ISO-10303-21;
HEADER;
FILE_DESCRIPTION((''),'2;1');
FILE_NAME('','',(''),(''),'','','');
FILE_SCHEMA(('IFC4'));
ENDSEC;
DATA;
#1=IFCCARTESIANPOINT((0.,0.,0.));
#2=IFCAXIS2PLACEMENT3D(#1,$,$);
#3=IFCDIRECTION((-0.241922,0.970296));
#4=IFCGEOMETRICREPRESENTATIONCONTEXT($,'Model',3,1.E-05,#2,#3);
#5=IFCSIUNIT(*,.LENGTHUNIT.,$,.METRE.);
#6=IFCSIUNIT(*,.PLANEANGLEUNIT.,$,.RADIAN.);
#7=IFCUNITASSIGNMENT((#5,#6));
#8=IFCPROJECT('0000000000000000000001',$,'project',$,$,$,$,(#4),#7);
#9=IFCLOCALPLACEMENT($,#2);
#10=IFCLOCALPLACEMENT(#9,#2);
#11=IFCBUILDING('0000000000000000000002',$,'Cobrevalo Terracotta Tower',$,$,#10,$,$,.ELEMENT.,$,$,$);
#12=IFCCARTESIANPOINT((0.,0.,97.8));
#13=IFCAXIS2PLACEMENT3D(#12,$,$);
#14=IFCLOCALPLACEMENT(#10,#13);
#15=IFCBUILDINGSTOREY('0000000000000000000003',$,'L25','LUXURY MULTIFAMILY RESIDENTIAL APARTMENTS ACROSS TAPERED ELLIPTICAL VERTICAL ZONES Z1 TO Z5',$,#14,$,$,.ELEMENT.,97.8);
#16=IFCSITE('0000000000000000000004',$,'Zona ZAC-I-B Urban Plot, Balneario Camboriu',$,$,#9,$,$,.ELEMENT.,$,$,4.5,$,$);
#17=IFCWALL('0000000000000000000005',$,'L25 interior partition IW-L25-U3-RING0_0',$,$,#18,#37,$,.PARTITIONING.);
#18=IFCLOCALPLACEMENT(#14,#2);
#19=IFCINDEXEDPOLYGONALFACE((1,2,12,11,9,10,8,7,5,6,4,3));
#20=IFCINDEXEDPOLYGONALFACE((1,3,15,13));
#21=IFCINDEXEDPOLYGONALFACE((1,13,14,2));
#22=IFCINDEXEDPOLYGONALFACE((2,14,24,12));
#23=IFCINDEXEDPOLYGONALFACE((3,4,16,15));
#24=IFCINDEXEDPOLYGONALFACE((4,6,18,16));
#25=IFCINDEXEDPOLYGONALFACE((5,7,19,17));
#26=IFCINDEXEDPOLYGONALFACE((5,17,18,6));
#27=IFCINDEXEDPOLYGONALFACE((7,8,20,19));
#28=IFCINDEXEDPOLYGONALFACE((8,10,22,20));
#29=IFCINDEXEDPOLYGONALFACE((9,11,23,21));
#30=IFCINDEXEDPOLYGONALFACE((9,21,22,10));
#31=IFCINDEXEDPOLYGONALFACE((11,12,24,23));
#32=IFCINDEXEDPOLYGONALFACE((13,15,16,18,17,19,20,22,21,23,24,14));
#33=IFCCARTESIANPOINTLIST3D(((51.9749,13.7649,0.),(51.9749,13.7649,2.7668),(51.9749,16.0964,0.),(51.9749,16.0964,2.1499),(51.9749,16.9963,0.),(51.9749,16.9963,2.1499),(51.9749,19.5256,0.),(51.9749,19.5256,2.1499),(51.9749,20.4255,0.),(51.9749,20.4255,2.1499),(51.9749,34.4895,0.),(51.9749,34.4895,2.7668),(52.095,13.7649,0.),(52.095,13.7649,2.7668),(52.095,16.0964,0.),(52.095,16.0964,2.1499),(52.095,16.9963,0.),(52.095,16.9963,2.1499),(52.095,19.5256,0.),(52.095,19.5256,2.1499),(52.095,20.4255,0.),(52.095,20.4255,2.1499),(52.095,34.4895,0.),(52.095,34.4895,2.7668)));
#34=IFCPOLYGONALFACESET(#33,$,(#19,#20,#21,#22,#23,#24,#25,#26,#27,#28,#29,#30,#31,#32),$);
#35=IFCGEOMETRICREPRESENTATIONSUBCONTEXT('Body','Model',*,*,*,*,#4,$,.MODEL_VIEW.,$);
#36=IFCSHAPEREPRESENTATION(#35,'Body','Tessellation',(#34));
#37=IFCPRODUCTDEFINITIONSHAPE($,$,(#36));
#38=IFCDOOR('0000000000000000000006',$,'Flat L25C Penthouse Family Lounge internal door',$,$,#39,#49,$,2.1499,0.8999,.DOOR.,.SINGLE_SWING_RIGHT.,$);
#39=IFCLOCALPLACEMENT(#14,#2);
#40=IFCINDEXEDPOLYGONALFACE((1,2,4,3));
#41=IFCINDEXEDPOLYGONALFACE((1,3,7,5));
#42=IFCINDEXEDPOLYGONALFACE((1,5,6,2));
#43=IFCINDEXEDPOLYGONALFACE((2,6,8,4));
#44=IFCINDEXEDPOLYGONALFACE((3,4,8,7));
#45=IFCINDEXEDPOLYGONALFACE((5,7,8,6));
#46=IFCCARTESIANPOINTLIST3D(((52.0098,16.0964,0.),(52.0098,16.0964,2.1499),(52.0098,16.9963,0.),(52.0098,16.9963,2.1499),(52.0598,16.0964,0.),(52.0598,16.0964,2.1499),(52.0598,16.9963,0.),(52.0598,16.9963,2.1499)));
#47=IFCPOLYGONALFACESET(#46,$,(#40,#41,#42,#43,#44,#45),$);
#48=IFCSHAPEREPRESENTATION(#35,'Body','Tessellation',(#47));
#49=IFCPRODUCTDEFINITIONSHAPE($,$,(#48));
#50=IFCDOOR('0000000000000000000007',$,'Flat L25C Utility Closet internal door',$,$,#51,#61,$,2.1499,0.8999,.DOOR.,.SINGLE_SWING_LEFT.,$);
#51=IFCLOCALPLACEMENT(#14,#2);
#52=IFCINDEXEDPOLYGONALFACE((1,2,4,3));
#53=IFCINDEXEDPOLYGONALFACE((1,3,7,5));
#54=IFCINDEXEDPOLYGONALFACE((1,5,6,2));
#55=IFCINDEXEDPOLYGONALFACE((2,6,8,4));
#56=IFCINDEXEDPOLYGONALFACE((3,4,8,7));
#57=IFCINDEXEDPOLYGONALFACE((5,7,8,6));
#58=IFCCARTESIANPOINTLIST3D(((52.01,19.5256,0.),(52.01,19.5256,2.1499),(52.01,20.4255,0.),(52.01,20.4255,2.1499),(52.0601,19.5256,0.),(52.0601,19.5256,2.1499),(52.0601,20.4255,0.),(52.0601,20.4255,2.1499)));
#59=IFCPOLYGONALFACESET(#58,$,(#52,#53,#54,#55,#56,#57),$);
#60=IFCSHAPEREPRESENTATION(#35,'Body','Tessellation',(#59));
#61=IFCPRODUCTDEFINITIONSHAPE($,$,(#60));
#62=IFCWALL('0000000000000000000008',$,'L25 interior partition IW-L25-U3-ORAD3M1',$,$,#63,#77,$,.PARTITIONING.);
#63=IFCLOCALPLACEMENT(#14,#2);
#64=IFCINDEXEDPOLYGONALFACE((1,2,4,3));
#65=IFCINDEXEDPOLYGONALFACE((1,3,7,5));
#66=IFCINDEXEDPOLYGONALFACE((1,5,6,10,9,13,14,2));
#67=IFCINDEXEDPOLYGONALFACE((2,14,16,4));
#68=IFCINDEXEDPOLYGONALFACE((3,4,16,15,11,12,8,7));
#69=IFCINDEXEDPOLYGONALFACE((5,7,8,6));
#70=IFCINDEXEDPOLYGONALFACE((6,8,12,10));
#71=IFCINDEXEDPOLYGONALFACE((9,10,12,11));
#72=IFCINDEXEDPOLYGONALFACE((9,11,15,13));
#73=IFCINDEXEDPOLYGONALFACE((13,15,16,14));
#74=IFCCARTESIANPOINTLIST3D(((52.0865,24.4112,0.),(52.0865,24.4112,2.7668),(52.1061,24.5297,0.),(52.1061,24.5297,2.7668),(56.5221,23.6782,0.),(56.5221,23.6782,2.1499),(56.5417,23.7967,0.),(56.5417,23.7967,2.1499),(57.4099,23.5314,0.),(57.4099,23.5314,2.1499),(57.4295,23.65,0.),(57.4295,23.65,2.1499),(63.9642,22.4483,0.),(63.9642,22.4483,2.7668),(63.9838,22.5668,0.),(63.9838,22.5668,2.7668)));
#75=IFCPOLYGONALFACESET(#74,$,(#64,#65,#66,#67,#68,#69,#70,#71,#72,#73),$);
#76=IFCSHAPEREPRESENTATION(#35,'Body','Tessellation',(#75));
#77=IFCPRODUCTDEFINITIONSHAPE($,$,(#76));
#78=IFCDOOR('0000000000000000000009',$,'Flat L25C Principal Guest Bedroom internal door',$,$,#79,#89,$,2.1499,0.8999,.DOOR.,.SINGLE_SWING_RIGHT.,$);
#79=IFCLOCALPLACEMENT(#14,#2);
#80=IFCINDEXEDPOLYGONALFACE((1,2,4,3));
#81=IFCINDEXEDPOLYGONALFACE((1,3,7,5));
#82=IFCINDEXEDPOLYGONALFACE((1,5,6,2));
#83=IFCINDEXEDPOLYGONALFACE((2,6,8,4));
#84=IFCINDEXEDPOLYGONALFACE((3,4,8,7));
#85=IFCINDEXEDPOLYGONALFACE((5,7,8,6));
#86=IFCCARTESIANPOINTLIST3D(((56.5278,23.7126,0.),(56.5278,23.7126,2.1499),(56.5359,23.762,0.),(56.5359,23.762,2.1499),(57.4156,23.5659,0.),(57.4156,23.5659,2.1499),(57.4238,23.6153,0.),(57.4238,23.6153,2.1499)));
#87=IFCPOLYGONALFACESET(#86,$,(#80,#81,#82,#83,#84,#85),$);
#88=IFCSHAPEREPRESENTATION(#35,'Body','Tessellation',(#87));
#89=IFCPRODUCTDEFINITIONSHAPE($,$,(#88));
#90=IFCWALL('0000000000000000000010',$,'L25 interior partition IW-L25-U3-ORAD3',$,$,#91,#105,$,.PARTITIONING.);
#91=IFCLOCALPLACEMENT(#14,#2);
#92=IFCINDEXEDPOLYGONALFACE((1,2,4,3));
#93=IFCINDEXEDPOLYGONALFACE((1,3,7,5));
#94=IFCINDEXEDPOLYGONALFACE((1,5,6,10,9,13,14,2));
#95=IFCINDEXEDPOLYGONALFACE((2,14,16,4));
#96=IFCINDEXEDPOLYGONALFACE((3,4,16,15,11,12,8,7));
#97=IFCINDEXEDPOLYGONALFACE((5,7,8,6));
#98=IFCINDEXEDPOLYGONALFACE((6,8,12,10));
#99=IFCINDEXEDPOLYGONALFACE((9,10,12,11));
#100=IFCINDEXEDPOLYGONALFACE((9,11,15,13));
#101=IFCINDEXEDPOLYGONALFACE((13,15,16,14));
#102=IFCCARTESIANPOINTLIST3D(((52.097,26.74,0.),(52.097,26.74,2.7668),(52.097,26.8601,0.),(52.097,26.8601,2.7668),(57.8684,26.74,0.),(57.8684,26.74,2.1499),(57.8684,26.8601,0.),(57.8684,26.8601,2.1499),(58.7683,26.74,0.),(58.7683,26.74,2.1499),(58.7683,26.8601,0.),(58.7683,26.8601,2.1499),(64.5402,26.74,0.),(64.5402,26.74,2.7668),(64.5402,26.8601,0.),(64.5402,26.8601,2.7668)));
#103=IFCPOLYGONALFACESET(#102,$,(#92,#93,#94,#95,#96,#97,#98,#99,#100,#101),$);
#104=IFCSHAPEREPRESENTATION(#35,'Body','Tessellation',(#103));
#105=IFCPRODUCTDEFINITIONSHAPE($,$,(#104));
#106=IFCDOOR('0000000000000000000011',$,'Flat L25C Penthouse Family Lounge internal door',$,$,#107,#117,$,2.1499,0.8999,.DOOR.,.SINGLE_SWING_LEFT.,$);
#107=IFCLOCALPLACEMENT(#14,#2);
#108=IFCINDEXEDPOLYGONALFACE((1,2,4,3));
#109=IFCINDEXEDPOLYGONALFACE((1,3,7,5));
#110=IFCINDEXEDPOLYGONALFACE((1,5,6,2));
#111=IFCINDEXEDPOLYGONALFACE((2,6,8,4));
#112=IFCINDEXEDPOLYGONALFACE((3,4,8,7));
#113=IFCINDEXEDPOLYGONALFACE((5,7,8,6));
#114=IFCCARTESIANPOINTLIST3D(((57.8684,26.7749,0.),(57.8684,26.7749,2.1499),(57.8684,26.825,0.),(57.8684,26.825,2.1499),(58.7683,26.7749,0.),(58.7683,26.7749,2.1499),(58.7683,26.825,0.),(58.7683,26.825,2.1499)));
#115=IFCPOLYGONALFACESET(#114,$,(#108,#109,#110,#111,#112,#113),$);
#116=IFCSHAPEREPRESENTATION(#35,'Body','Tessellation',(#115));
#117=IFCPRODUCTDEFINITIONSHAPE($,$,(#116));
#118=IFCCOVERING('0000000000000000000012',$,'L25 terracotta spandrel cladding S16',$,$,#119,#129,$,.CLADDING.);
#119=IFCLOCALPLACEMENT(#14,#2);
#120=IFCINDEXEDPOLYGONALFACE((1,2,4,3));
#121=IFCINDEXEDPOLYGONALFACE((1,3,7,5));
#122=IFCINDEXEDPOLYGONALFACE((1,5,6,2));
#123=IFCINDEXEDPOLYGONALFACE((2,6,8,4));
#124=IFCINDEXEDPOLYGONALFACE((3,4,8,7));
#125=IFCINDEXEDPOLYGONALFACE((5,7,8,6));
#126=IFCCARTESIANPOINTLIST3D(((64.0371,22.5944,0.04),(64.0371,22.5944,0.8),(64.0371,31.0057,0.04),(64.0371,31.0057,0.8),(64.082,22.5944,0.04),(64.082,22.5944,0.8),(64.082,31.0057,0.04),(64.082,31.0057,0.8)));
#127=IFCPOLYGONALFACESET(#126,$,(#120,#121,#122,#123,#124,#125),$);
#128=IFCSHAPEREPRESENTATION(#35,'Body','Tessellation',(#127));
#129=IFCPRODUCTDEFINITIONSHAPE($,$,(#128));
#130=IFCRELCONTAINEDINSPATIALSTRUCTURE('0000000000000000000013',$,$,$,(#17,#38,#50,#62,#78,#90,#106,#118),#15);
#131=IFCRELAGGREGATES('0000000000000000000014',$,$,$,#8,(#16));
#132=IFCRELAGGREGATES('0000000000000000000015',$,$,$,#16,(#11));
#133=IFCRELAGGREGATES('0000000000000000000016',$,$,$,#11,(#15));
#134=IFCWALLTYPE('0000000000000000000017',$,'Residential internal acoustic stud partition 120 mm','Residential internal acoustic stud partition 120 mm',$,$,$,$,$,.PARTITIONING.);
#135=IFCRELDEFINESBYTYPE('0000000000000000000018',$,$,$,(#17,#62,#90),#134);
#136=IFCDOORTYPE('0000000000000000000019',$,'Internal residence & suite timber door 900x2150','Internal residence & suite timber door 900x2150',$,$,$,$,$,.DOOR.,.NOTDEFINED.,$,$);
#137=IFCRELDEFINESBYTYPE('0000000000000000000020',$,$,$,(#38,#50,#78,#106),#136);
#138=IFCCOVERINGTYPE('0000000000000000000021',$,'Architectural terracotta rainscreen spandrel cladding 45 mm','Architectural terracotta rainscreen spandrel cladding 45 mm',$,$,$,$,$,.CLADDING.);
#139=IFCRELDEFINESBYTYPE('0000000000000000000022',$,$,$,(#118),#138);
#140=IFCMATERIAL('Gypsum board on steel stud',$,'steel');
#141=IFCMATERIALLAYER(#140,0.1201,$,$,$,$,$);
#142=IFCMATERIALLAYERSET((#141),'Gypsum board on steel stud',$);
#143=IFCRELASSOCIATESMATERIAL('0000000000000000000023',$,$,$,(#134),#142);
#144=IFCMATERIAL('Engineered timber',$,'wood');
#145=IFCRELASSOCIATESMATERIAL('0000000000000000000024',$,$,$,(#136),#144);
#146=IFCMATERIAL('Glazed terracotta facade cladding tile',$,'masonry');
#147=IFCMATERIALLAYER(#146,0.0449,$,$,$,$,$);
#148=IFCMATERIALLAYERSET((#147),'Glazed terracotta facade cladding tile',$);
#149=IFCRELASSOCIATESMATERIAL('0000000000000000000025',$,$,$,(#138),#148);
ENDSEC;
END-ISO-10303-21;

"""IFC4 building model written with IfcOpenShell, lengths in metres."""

from ifc_helpers import new_model, si_unit, direction, frame, frame_2d, origin, origin_2d, place, context, subcontext, project, spatial, rectangle, extrude, source, transform, mapped, material, layer, layer_set, type_object, element, fill, save


model = new_model("IFC4")

# Units and contexts
model_context = context("Model", 3, precision=1e-05, world=origin(), true_north=direction((-0.241922, 0.970296)))
body_context = subcontext(model_context, "Body", "Model", "MODEL_VIEW")
ifc_project = project(units=[si_unit("LENGTHUNIT", "METRE"), si_unit("PLANEANGLEUNIT", "RADIAN")], contexts=[model_context])

# Site, building, storey
site_placement = place(None, origin())
site = spatial("IfcSite", under=ifc_project, at=site_placement, Name="Zona ZAC-I-B Urban Plot, Balneario Camboriu", CompositionType="ELEMENT", RefElevation=4.5)
building_placement = place(site_placement, origin())
building = spatial("IfcBuilding", under=site, at=building_placement, Name="Cobrevalo Terracotta Tower", CompositionType="ELEMENT")
storey_placement = place(building_placement, frame((0.0, 0.0, 97.8)))
storey = spatial("IfcBuildingStorey", under=building, at=storey_placement, Name="L25", Description="LUXURY MULTIFAMILY RESIDENTIAL APARTMENTS ACROSS TAPERED ELLIPTICAL VERTICAL ZONES Z1 TO Z5", CompositionType="ELEMENT", Elevation=97.8)

# Wall, openings, doors
ifc_material_1 = material(Name="Gypsum board on steel stud", Category="steel")
ifc_layer_1 = layer(ifc_material_1, 0.1201)
ifc_layer_set_1 = layer_set([ifc_layer_1], Name="Gypsum board on steel stud")
wall_type_1 = type_object("IfcWallType", Name="Residential internal acoustic stud partition 120 mm", Description="Residential internal acoustic stud partition 120 mm", PredefinedType="PARTITIONING", material=ifc_layer_set_1)
wall_1_placement = place(storey_placement, frame((52.0349, 34.4895, 0.0), z_axis=(0.0, 0.0, 1.0), x_axis=(0.0, -1.0, 0.0)))
wall_1 = element("IfcWall", 1, at=wall_1_placement, inside=storey, type_object=wall_type_1, Name="L25 interior partition IW-L25-U3-RING0_0", PredefinedType="PARTITIONING", context=body_context, shape_type="SweptSolid", body=[
    extrude(rectangle(XDim=20.7246, YDim=0.1201, at=frame_2d((10.3623, 0.0))), origin(), (0.0, 0.0, 1.0), 2.7668),
])
opening_1_placement = place(wall_1_placement, frame((17.4932, 0.0, 0.0)))
opening_1 = element("IfcOpeningElement", 2, at=opening_1_placement, cuts=wall_1, PredefinedType="OPENING", context=body_context, shape_type="SweptSolid", body=[
    extrude(rectangle(XDim=0.8999, YDim=2.1499, at=frame_2d((0.45, 1.075))), frame((0.0, 0.0701, 0.0), z_axis=(0.0, -1.0, 0.0), x_axis=(1.0, 0.0, 0.0)), (0.0, 0.0, 1.0), 0.1401),
])
opening_2_placement = place(wall_1_placement, frame((14.064, 0.0, 0.0)))
opening_2 = element("IfcOpeningElement", 3, at=opening_2_placement, cuts=wall_1, PredefinedType="OPENING", context=body_context, shape_type="SweptSolid", body=[
    extrude(rectangle(XDim=0.8999, YDim=2.1499, at=frame_2d((0.45, 1.075))), frame((0.0, 0.0701, 0.0), z_axis=(0.0, -1.0, 0.0), x_axis=(1.0, 0.0, 0.0)), (0.0, 0.0, 1.0), 0.1401),
])
ifc_material_2 = material(Name="Engineered timber", Category="wood")
door_type_1 = type_object("IfcDoorType", Name="Internal residence & suite timber door 900x2150", Description="Internal residence & suite timber door 900x2150", OperationType="NOTDEFINED", PredefinedType="DOOR", material=ifc_material_2)
shared_shape_1 = source(origin(), body_context, "Body", "SweptSolid", [
    extrude(rectangle(XDim=0.8999, YDim=2.1499, at=frame_2d((0.45, 1.075))), frame((0.0, 0.0249, 0.0), z_axis=(0.0, -1.0, 0.0), x_axis=(1.0, 0.0, 0.0)), (0.0, 0.0, 1.0), 0.05),
])
door_1_placement = place(opening_1_placement, origin())
door_1 = element("IfcDoor", 4, at=door_1_placement, inside=storey, type_object=door_type_1, Name="Flat L25C Penthouse Family Lounge internal door", OperationType="SINGLE_SWING_RIGHT", OverallHeight=2.1499, OverallWidth=0.8999, PredefinedType="DOOR", context=body_context, shape_type="MappedRepresentation", body=[
    mapped(shared_shape_1, transform((0.0, 0.0, 0.0), scale=1.0)),
])
fill(opening_1, door_1)
door_2_placement = place(opening_2_placement, frame((0.8999, 0.0, 0.0), z_axis=(0.0, 0.0, 1.0), x_axis=(-1.0, 0.0, 0.0)))
door_2 = element("IfcDoor", 5, at=door_2_placement, inside=storey, type_object=door_type_1, Name="Flat L25C Utility Closet internal door", OperationType="SINGLE_SWING_LEFT", OverallHeight=2.1499, OverallWidth=0.8999, PredefinedType="DOOR", context=body_context, shape_type="MappedRepresentation", body=[
    mapped(shared_shape_1, transform((0.0, 0.0, 0.0), scale=1.0)),
])
fill(opening_2, door_2)

# Walls, openings, doors
wall_2_placement = place(storey_placement, frame((52.0962, 24.4705, 0.0), z_axis=(0.0, 0.0, 1.0), x_axis=(0.986618, -0.163047, 0.0)))
wall_2 = element("IfcWall", 6, at=wall_2_placement, inside=storey, type_object=wall_type_1, Name="L25 interior partition IW-L25-U3-ORAD3M1", PredefinedType="PARTITIONING", context=body_context, shape_type="SweptSolid", body=[
    extrude(rectangle(XDim=12.0388, YDim=0.1201, at=frame_2d((6.0195, 0.0))), origin(), (0.0, 0.0, 1.0), 2.7668),
])
opening_3_placement = place(wall_2_placement, frame((4.4958, 0.0, 0.0)))
opening_3 = element("IfcOpeningElement", 7, at=opening_3_placement, cuts=wall_2, PredefinedType="OPENING", context=body_context, shape_type="SweptSolid", body=[
    extrude(rectangle(XDim=0.8999, YDim=2.1499, at=frame_2d((0.45, 1.075))), frame((0.0, 0.0701, 0.0), z_axis=(0.0, -1.0, 0.0), x_axis=(1.0, 0.0, 0.0)), (0.0, 0.0, 1.0), 0.1401),
])
door_3_placement = place(opening_3_placement, origin())
door_3 = element("IfcDoor", 8, at=door_3_placement, inside=storey, type_object=door_type_1, Name="Flat L25C Principal Guest Bedroom internal door", OperationType="SINGLE_SWING_RIGHT", OverallHeight=2.1499, OverallWidth=0.8999, PredefinedType="DOOR", context=body_context, shape_type="MappedRepresentation", body=[
    mapped(shared_shape_1, transform((0.0, 0.0, 0.0), scale=1.0)),
])
fill(opening_3, door_3)
wall_3_placement = place(storey_placement, frame((52.0969, 26.8, 0.0), z_axis=(0.0, 0.0, 1.0), x_axis=(1.0, 0.0, 0.0)))
wall_3 = element("IfcWall", 9, at=wall_3_placement, inside=storey, type_object=wall_type_1, Name="L25 interior partition IW-L25-U3-ORAD3", PredefinedType="PARTITIONING", context=body_context, shape_type="SweptSolid", body=[
    extrude(rectangle(XDim=12.4431, YDim=0.1201, at=frame_2d((6.2217, 0.0))), origin(), (0.0, 0.0, 1.0), 2.7668),
])
opening_4_placement = place(wall_3_placement, frame((5.7715, 0.0, 0.0)))
opening_4 = element("IfcOpeningElement", 10, at=opening_4_placement, cuts=wall_3, PredefinedType="OPENING", context=body_context, shape_type="SweptSolid", body=[
    extrude(rectangle(XDim=0.8999, YDim=2.1499, at=frame_2d((0.45, 1.075))), frame((0.0, 0.0701, 0.0), z_axis=(0.0, -1.0, 0.0), x_axis=(1.0, 0.0, 0.0)), (0.0, 0.0, 1.0), 0.1401),
])
door_4_placement = place(opening_4_placement, origin())
door_4 = element("IfcDoor", 11, at=door_4_placement, inside=storey, type_object=door_type_1, Name="Flat L25C Penthouse Family Lounge internal door", OperationType="SINGLE_SWING_LEFT", OverallHeight=2.1499, OverallWidth=0.8999, PredefinedType="DOOR", context=body_context, shape_type="MappedRepresentation", body=[
    mapped(shared_shape_1, transform((0.0, 0.0, 0.0), scale=1.0)),
])
fill(opening_4, door_4)

# Covering
ifc_material_3 = material(Name="Glazed terracotta facade cladding tile", Category="masonry")
ifc_layer_2 = layer(ifc_material_3, 0.0449)
ifc_layer_set_2 = layer_set([ifc_layer_2], Name="Glazed terracotta facade cladding tile")
covering_type = type_object("IfcCoveringType", Name="Architectural terracotta rainscreen spandrel cladding 45 mm", Description="Architectural terracotta rainscreen spandrel cladding 45 mm", PredefinedType="CLADDING", material=ifc_layer_set_2)
shared_shape_2 = source(origin(), body_context, "Body", "SweptSolid", [
    extrude(rectangle(XDim=8.4114, YDim=0.0449, at=origin_2d()), origin(), (0.0, 0.0, 1.0), 0.76),
])
covering_placement = place(storey_placement, frame((64.0596, 26.8, 0.04), z_axis=(0.0, 0.0, 1.0), x_axis=(0.0, 1.0, 0.0)))
element("IfcCovering", 12, at=covering_placement, inside=storey, type_object=covering_type, Name="L25 terracotta spandrel cladding S16", PredefinedType="CLADDING", context=body_context, shape_type="MappedRepresentation", body=[
    mapped(shared_shape_2, transform((0.0, 0.0, 0.0), scale=1.0)),
])

save(model, "model.ifc")
